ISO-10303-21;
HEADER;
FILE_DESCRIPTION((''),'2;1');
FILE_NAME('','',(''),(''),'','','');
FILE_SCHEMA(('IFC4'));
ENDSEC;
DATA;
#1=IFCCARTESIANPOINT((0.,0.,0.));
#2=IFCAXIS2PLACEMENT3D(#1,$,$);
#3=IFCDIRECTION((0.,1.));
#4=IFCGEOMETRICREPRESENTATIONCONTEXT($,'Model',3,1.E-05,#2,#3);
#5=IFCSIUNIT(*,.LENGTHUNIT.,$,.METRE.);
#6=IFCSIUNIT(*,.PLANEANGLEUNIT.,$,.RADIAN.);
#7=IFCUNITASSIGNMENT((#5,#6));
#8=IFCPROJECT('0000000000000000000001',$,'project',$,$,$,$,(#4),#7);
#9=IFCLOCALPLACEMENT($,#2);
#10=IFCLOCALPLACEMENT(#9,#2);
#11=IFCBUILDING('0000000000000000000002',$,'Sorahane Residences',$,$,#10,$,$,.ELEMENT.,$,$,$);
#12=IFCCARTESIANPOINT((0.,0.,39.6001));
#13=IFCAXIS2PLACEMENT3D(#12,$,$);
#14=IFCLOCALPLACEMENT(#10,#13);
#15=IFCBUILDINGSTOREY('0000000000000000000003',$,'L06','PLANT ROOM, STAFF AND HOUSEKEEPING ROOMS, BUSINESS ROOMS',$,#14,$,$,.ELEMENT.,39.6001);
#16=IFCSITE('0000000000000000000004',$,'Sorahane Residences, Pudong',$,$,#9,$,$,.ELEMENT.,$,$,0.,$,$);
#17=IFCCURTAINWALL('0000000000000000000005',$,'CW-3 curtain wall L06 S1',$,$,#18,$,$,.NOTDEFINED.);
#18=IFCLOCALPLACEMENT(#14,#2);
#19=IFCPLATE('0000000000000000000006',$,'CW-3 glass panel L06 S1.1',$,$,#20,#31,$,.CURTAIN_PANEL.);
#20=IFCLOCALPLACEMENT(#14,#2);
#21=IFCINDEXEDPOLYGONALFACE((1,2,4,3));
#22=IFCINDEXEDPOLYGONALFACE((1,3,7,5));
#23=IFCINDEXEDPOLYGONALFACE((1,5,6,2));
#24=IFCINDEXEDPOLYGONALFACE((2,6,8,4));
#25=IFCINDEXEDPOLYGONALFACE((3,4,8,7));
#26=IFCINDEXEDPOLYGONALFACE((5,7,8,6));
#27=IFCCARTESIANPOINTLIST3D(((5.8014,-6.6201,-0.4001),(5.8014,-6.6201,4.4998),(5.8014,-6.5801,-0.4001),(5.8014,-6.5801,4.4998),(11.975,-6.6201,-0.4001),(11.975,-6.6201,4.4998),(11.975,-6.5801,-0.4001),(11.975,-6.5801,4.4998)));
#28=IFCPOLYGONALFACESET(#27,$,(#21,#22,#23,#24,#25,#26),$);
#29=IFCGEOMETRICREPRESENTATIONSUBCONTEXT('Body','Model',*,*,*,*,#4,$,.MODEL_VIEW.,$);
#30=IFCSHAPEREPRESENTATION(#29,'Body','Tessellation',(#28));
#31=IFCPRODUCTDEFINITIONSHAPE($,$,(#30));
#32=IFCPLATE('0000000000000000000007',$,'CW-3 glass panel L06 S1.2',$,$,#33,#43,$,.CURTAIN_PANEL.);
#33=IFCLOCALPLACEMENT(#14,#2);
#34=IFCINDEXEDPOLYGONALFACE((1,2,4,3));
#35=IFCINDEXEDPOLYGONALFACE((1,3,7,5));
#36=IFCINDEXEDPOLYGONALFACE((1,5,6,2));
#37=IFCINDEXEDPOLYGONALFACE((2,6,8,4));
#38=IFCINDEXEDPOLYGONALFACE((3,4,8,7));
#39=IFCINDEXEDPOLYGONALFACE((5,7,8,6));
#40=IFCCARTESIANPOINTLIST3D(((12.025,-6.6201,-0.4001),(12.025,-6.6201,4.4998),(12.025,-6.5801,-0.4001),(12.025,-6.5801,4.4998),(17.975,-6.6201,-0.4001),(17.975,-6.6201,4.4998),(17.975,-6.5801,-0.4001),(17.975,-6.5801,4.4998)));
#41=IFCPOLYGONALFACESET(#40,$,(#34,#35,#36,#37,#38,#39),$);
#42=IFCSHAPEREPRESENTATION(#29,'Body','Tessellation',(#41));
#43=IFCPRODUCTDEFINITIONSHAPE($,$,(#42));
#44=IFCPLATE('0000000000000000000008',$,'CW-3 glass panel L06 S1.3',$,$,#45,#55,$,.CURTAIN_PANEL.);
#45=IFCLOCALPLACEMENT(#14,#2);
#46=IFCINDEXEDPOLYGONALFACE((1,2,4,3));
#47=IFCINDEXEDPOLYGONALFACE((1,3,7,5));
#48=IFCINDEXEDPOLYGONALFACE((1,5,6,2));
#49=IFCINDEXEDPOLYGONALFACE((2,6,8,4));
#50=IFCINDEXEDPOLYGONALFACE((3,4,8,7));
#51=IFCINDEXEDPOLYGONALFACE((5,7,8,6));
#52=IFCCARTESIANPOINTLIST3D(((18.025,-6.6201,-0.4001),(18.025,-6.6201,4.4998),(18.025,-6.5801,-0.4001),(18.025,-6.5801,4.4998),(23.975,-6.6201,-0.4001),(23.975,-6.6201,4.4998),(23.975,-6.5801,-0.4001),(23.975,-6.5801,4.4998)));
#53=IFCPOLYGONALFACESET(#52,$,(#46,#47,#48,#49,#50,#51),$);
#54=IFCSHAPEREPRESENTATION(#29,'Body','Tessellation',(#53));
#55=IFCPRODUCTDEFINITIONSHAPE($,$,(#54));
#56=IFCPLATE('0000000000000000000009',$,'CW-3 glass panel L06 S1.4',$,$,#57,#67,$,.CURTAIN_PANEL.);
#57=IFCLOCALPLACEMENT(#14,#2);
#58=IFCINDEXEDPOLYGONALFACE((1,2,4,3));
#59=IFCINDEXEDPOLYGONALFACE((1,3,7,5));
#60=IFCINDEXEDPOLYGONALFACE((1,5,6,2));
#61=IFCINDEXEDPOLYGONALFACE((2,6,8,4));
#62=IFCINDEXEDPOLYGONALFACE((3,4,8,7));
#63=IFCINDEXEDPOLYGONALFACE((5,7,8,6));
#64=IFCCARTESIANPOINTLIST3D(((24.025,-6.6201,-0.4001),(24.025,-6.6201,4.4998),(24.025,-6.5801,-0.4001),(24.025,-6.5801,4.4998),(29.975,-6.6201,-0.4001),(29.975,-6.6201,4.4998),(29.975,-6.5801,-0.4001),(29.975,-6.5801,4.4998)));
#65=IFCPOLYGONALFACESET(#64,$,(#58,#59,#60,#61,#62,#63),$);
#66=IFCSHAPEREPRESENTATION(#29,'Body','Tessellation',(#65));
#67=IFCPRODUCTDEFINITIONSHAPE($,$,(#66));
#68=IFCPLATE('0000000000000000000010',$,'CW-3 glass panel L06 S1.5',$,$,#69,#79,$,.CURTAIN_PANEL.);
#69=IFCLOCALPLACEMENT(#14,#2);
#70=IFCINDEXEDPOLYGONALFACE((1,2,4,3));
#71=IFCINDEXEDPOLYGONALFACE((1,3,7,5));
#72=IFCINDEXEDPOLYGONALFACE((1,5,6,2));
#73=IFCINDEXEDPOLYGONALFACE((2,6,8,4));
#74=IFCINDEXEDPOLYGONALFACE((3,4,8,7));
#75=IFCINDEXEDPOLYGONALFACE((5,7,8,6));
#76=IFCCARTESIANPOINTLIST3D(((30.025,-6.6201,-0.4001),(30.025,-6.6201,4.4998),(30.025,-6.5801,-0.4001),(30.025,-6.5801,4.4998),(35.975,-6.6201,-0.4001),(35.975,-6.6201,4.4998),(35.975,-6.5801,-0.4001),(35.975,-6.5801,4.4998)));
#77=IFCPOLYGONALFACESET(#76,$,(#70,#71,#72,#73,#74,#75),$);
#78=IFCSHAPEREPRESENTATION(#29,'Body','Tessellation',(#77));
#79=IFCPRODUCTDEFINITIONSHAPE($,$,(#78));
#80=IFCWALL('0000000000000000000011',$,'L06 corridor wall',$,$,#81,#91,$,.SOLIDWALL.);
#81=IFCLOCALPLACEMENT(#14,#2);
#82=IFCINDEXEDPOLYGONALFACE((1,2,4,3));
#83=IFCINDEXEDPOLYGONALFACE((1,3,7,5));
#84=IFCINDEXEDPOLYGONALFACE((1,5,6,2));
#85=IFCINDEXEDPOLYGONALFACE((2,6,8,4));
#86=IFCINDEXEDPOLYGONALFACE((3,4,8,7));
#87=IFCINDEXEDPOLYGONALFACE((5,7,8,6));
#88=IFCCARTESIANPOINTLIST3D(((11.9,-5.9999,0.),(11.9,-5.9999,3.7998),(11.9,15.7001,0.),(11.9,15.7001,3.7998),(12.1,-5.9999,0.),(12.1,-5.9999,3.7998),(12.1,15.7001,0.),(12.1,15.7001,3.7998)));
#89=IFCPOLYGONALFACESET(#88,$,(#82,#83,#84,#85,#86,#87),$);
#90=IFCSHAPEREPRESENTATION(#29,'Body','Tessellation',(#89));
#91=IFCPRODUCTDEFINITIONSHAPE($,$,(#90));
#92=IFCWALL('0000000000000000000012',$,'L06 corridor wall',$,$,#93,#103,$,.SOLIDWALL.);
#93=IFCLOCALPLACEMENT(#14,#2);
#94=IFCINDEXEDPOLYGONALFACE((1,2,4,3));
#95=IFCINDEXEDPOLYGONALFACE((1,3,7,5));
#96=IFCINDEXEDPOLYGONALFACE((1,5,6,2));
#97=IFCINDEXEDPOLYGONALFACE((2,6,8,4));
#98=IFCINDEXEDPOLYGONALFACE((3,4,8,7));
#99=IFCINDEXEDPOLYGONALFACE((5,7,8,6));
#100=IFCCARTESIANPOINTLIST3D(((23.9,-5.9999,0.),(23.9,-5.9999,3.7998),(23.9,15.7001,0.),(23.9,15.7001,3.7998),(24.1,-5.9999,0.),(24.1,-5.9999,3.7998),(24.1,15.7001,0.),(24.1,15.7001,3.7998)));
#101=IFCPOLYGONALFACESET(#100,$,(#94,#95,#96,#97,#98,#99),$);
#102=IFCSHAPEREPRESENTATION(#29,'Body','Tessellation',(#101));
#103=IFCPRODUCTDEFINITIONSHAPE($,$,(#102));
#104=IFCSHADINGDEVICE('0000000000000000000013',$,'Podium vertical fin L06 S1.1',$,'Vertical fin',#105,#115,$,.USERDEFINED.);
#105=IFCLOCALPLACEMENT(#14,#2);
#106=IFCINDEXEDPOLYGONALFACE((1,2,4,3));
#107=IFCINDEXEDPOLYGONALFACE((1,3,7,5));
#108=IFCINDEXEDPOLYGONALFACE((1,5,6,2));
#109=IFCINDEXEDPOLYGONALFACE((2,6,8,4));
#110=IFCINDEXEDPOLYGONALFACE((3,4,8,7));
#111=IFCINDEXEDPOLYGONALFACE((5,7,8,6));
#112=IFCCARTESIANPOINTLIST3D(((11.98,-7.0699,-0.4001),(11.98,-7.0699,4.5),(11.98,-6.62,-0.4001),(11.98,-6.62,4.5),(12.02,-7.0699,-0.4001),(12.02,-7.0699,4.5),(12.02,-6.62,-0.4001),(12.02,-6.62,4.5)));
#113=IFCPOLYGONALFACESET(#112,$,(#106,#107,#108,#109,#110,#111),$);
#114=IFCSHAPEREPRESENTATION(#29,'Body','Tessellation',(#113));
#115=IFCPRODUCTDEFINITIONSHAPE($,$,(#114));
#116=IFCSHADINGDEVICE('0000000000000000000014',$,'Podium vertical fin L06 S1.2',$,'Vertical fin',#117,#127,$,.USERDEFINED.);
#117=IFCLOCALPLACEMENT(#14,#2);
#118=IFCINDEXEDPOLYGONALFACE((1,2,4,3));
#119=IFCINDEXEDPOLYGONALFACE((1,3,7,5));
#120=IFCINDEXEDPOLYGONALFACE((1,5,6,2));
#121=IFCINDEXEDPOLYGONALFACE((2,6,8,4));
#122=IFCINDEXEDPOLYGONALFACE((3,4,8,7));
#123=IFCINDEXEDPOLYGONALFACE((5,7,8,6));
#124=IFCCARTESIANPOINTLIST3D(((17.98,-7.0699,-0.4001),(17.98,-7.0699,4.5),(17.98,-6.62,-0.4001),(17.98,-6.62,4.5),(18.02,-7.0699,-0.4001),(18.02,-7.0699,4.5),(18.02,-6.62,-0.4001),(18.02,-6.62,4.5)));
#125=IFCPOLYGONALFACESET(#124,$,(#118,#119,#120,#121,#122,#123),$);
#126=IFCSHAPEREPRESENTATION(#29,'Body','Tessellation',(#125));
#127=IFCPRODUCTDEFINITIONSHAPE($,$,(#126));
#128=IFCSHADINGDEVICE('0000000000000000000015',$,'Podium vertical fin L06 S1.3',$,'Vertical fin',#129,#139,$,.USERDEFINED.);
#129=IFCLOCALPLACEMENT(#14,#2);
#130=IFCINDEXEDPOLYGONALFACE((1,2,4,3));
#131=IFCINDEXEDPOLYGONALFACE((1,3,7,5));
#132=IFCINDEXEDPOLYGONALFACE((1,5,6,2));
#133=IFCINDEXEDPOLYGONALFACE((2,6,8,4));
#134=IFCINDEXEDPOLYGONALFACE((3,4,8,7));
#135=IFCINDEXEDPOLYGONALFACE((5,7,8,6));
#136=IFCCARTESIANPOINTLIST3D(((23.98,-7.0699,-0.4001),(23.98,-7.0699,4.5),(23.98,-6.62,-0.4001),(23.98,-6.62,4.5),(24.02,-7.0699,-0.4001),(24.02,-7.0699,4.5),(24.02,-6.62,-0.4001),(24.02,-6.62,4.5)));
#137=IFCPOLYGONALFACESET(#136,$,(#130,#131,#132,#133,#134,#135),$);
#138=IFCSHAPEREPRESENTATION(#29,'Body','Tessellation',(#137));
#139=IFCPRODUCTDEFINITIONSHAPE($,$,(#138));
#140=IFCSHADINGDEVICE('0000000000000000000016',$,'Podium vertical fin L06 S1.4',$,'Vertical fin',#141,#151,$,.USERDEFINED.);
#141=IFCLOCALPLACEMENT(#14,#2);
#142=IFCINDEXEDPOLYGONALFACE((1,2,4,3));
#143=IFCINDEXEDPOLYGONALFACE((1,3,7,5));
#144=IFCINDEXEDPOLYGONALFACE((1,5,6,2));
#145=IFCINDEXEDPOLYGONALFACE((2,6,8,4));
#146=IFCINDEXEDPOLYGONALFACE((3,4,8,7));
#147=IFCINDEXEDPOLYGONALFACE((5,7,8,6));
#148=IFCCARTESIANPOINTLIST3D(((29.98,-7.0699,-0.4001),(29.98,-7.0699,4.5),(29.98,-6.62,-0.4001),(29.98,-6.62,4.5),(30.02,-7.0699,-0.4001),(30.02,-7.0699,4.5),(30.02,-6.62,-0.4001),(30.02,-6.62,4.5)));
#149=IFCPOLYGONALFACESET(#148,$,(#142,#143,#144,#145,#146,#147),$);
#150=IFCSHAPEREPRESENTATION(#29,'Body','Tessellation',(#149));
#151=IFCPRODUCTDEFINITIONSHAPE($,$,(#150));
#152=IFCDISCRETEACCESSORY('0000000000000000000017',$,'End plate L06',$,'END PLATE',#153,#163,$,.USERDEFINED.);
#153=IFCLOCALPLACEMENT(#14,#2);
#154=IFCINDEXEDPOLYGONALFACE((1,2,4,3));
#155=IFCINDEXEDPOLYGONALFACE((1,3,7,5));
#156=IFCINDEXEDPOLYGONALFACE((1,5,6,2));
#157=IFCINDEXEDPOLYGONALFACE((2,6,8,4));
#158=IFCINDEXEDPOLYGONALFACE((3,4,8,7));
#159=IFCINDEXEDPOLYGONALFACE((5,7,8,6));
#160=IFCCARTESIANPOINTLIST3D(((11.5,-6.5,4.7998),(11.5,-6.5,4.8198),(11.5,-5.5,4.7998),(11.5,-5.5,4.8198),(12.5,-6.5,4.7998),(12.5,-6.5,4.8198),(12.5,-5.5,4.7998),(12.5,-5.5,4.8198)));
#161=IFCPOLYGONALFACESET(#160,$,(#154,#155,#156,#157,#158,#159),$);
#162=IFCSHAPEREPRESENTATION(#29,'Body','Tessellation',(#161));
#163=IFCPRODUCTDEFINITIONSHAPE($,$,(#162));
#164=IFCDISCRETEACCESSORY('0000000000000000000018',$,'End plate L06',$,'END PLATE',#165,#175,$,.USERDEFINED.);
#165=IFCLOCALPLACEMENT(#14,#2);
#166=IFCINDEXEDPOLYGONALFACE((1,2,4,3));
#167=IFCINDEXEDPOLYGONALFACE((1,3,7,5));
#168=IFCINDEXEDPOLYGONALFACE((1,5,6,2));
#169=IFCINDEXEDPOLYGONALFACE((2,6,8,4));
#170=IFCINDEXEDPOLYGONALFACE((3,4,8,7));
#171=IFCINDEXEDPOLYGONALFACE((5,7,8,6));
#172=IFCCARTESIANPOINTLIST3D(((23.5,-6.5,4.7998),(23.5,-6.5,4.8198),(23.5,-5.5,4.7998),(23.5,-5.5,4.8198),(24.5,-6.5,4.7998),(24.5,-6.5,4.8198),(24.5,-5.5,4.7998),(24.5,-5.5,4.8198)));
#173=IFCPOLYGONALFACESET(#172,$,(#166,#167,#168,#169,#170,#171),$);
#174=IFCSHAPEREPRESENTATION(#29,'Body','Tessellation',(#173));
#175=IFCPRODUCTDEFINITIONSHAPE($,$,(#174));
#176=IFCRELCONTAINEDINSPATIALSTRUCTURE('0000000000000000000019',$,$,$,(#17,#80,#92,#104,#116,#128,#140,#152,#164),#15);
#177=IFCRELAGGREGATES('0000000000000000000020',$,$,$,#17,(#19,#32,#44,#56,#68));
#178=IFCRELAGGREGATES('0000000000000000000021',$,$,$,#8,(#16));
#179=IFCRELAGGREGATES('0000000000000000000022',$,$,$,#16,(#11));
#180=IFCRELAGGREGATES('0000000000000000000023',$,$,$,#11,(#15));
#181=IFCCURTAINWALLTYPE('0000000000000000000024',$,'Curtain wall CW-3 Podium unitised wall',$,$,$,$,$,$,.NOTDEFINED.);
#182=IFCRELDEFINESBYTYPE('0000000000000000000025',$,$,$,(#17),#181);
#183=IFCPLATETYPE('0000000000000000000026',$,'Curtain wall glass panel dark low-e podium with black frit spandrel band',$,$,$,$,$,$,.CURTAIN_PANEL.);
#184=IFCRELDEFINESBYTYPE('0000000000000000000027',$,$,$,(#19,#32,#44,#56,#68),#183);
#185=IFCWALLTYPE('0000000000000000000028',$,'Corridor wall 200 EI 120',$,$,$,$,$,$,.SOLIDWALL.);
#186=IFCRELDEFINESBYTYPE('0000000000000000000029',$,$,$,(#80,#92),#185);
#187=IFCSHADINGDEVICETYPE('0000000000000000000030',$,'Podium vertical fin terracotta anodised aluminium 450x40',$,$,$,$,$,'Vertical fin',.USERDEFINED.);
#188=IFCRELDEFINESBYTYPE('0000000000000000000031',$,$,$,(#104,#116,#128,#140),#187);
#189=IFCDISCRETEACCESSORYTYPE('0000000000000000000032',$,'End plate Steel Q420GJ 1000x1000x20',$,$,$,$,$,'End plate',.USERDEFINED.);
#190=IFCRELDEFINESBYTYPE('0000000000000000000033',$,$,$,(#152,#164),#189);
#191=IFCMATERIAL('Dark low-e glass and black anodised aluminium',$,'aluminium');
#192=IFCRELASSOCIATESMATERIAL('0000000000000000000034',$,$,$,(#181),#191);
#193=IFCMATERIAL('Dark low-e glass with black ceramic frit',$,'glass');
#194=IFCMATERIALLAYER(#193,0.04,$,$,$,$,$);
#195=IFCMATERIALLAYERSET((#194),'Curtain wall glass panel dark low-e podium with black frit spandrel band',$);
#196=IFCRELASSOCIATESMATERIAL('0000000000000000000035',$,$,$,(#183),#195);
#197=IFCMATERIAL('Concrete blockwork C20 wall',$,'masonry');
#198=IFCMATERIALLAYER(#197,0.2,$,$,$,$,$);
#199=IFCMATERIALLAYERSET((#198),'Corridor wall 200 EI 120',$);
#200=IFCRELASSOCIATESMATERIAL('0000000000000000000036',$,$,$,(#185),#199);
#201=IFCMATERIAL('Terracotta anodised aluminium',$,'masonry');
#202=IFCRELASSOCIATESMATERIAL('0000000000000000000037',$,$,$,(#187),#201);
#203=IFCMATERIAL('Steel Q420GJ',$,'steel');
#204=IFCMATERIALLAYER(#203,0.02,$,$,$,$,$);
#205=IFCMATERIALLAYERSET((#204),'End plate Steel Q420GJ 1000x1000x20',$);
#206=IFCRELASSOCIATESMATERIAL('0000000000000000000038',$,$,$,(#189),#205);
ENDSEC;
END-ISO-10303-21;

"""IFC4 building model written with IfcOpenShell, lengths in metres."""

from ifc_helpers import new_model, si_unit, direction, frame, frame_2d, origin, origin_2d, place, context, subcontext, project, spatial, rectangle, extrude, material, layer, layer_set, material_profile, profile_set, type_object, element, aggregate, save


model = new_model("IFC4")

# Units and contexts
model_context = context("Model", 3, precision=1e-05, world=origin(), true_north=direction((0.0, 1.0)))
body_context = subcontext(model_context, "Body", "Model", "MODEL_VIEW")
ifc_project = project(units=[si_unit("LENGTHUNIT", "METRE"), si_unit("PLANEANGLEUNIT", "RADIAN")], contexts=[model_context])

# Site, building, storey
site_placement = place(None, origin())
site = spatial("IfcSite", under=ifc_project, at=site_placement, Name="Sorahane Residences, Pudong", CompositionType="ELEMENT", RefElevation=0.0)
building_placement = place(site_placement, origin())
building = spatial("IfcBuilding", under=site, at=building_placement, Name="Sorahane Residences", CompositionType="ELEMENT")
storey_placement = place(building_placement, frame((0.0, 0.0, 39.6001)))
storey = spatial("IfcBuildingStorey", under=building, at=storey_placement, Name="L06", Description="PLANT ROOM, STAFF AND HOUSEKEEPING ROOMS, BUSINESS ROOMS", CompositionType="ELEMENT", Elevation=39.6001)

# Curtain wall
ifc_material_1 = material(Name="Dark low-e glass and black anodised aluminium", Category="aluminium")
curtain_wall_type = type_object("IfcCurtainWallType", Name="Curtain wall CW-3 Podium unitised wall", PredefinedType="NOTDEFINED", material=ifc_material_1)
curtain_wall_placement = place(storey_placement, origin())
curtain_wall = element("IfcCurtainWall", 1, at=curtain_wall_placement, inside=storey, type_object=curtain_wall_type, Name="CW-3 curtain wall L06 S1", PredefinedType="NOTDEFINED")

# Plates
ifc_material_2 = material(Name="Dark low-e glass with black ceramic frit", Category="glass")
ifc_layer_1 = layer(ifc_material_2, 0.04)
ifc_layer_set_1 = layer_set([ifc_layer_1], Name="Curtain wall glass panel dark low-e podium with black frit spandrel band")
plate_type = type_object("IfcPlateType", Name="Curtain wall glass panel dark low-e podium with black frit spandrel band", PredefinedType="CURTAIN_PANEL", material=ifc_layer_set_1)
plate_1_placement = place(storey_placement, frame((8.8882, -6.6001, -0.4001), z_axis=(0.0, 0.0, 1.0), x_axis=(1.0, 0.0, 0.0)))
plate_1 = element("IfcPlate", 2, at=plate_1_placement, type_object=plate_type, Name="CW-3 glass panel L06 S1.1", PredefinedType="CURTAIN_PANEL", context=body_context, shape_type="SweptSolid", body=[
    extrude(rectangle(XDim=6.1736, YDim=0.04, at=origin_2d()), origin(), (0.0, 0.0, 1.0), 4.8999),
])
plate_2_placement = place(storey_placement, frame((15.0, -6.6001, -0.4001), z_axis=(0.0, 0.0, 1.0), x_axis=(1.0, 0.0, 0.0)))
plate_2 = element("IfcPlate", 3, at=plate_2_placement, type_object=plate_type, Name="CW-3 glass panel L06 S1.2", PredefinedType="CURTAIN_PANEL", context=body_context, shape_type="SweptSolid", body=[
    extrude(rectangle(XDim=5.95, YDim=0.04, at=origin_2d()), origin(), (0.0, 0.0, 1.0), 4.8999),
])
plate_3_placement = place(storey_placement, frame((21.0, -6.6001, -0.4001), z_axis=(0.0, 0.0, 1.0), x_axis=(1.0, 0.0, 0.0)))
plate_3 = element("IfcPlate", 4, at=plate_3_placement, type_object=plate_type, Name="CW-3 glass panel L06 S1.3", PredefinedType="CURTAIN_PANEL", context=body_context, shape_type="SweptSolid", body=[
    extrude(rectangle(XDim=5.95, YDim=0.04, at=origin_2d()), origin(), (0.0, 0.0, 1.0), 4.8999),
])
plate_4_placement = place(storey_placement, frame((27.0, -6.6001, -0.4001), z_axis=(0.0, 0.0, 1.0), x_axis=(1.0, 0.0, 0.0)))
plate_4 = element("IfcPlate", 5, at=plate_4_placement, type_object=plate_type, Name="CW-3 glass panel L06 S1.4", PredefinedType="CURTAIN_PANEL", context=body_context, shape_type="SweptSolid", body=[
    extrude(rectangle(XDim=5.95, YDim=0.04, at=origin_2d()), origin(), (0.0, 0.0, 1.0), 4.8999),
])
plate_5_placement = place(storey_placement, frame((33.0, -6.6001, -0.4001), z_axis=(0.0, 0.0, 1.0), x_axis=(1.0, 0.0, 0.0)))
plate_5 = element("IfcPlate", 6, at=plate_5_placement, type_object=plate_type, Name="CW-3 glass panel L06 S1.5", PredefinedType="CURTAIN_PANEL", context=body_context, shape_type="SweptSolid", body=[
    extrude(rectangle(XDim=5.95, YDim=0.04, at=origin_2d()), origin(), (0.0, 0.0, 1.0), 4.8999),
])
aggregate(curtain_wall, [plate_1, plate_2, plate_3, plate_4, plate_5])

# Walls
ifc_material_3 = material(Name="Concrete blockwork C20 wall", Category="masonry")
ifc_layer_2 = layer(ifc_material_3, 0.2)
ifc_layer_set_2 = layer_set([ifc_layer_2], Name="Corridor wall 200 EI 120")
wall_type = type_object("IfcWallType", Name="Corridor wall 200 EI 120", PredefinedType="SOLIDWALL", material=ifc_layer_set_2)
for number, where, z_axis, x_axis, name in (
    (7, (12.0, -6.0, 0.0), (0.0, 0.0, 1.0), (0.0, 1.0, 0.0), "L06 corridor wall"),
    (8, (24.0, -6.0, 0.0), (0.0, 0.0, 1.0), (0.0, 1.0, 0.0), "L06 corridor wall"),
):
    element("IfcWall", number, at=place(storey_placement, frame(where, z_axis=z_axis, x_axis=x_axis)), inside=storey, type_object=wall_type, Name=name, PredefinedType="SOLIDWALL", context=body_context, shape_type="SweptSolid", body=[
        extrude(rectangle(XDim=21.7, YDim=0.2, at=frame_2d((10.8501, 0.0))), origin(), (0.0, 0.0, 1.0), 3.7998),
    ])

# Shading devices
ifc_material_4 = material(Name="Terracotta anodised aluminium", Category="masonry")
ifc_material_profile_1 = material_profile(ifc_material_4, rectangle(XDim=0.45, YDim=0.04, at=origin_2d()), Name="Podium vertical fin terracotta anodised aluminium 450x40")
ifc_profile_set_1 = profile_set([ifc_material_profile_1], Name="Terracotta anodised aluminium")
shading_device_type = type_object("IfcShadingDeviceType", Name="Podium vertical fin terracotta anodised aluminium 450x40", ElementType="Vertical fin", PredefinedType="USERDEFINED", material=ifc_profile_set_1)
for number, where, z_axis, x_axis, name in (
    (9, (12.0, -6.845, -0.4001), (0.0, 0.0, 1.0), (0.0, -1.0, 0.0), "Podium vertical fin L06 S1.1"),
    (10, (18.0, -6.845, -0.4001), (0.0, 0.0, 1.0), (0.0, -1.0, 0.0), "Podium vertical fin L06 S1.2"),
    (11, (24.0, -6.845, -0.4001), (0.0, 0.0, 1.0), (0.0, -1.0, 0.0), "Podium vertical fin L06 S1.3"),
    (12, (30.0, -6.845, -0.4001), (0.0, 0.0, 1.0), (0.0, -1.0, 0.0), "Podium vertical fin L06 S1.4"),
):
    element("IfcShadingDevice", number, at=place(storey_placement, frame(where, z_axis=z_axis, x_axis=x_axis)), inside=storey, type_object=shading_device_type, Name=name, ObjectType="Vertical fin", PredefinedType="USERDEFINED", context=body_context, shape_type="SweptSolid", body=[
        extrude(rectangle(XDim=0.45, YDim=0.04, at=origin_2d()), origin(), (0.0, 0.0, 1.0), 4.9001),
    ])

# Discrete accessories
ifc_material_5 = material(Name="Steel Q420GJ", Category="steel")
ifc_layer_3 = layer(ifc_material_5, 0.02)
ifc_layer_set_3 = layer_set([ifc_layer_3], Name="End plate Steel Q420GJ 1000x1000x20")
discrete_accessory_type = type_object("IfcDiscreteAccessoryType", Name="End plate Steel Q420GJ 1000x1000x20", ElementType="End plate", PredefinedType="USERDEFINED", material=ifc_layer_set_3)
for number, where, z_axis, x_axis, name in (
    (13, (12.0, -6.0, 4.7998), (0.0, 0.0, 1.0), (1.0, 0.0, 0.0), "End plate L06"),
    (14, (24.0, -6.0, 4.7998), (0.0, 0.0, 1.0), (1.0, 0.0, 0.0), "End plate L06"),
):
    element("IfcDiscreteAccessory", number, at=place(storey_placement, frame(where, z_axis=z_axis, x_axis=x_axis)), inside=storey, type_object=discrete_accessory_type, Name=name, ObjectType="END PLATE", PredefinedType="USERDEFINED", context=body_context, shape_type="SweptSolid", body=[
        extrude(rectangle(XDim=1.0, YDim=1.0, at=origin_2d()), origin(), (0.0, 0.0, 1.0), 0.02),
    ])

save(model, "model.ifc")
